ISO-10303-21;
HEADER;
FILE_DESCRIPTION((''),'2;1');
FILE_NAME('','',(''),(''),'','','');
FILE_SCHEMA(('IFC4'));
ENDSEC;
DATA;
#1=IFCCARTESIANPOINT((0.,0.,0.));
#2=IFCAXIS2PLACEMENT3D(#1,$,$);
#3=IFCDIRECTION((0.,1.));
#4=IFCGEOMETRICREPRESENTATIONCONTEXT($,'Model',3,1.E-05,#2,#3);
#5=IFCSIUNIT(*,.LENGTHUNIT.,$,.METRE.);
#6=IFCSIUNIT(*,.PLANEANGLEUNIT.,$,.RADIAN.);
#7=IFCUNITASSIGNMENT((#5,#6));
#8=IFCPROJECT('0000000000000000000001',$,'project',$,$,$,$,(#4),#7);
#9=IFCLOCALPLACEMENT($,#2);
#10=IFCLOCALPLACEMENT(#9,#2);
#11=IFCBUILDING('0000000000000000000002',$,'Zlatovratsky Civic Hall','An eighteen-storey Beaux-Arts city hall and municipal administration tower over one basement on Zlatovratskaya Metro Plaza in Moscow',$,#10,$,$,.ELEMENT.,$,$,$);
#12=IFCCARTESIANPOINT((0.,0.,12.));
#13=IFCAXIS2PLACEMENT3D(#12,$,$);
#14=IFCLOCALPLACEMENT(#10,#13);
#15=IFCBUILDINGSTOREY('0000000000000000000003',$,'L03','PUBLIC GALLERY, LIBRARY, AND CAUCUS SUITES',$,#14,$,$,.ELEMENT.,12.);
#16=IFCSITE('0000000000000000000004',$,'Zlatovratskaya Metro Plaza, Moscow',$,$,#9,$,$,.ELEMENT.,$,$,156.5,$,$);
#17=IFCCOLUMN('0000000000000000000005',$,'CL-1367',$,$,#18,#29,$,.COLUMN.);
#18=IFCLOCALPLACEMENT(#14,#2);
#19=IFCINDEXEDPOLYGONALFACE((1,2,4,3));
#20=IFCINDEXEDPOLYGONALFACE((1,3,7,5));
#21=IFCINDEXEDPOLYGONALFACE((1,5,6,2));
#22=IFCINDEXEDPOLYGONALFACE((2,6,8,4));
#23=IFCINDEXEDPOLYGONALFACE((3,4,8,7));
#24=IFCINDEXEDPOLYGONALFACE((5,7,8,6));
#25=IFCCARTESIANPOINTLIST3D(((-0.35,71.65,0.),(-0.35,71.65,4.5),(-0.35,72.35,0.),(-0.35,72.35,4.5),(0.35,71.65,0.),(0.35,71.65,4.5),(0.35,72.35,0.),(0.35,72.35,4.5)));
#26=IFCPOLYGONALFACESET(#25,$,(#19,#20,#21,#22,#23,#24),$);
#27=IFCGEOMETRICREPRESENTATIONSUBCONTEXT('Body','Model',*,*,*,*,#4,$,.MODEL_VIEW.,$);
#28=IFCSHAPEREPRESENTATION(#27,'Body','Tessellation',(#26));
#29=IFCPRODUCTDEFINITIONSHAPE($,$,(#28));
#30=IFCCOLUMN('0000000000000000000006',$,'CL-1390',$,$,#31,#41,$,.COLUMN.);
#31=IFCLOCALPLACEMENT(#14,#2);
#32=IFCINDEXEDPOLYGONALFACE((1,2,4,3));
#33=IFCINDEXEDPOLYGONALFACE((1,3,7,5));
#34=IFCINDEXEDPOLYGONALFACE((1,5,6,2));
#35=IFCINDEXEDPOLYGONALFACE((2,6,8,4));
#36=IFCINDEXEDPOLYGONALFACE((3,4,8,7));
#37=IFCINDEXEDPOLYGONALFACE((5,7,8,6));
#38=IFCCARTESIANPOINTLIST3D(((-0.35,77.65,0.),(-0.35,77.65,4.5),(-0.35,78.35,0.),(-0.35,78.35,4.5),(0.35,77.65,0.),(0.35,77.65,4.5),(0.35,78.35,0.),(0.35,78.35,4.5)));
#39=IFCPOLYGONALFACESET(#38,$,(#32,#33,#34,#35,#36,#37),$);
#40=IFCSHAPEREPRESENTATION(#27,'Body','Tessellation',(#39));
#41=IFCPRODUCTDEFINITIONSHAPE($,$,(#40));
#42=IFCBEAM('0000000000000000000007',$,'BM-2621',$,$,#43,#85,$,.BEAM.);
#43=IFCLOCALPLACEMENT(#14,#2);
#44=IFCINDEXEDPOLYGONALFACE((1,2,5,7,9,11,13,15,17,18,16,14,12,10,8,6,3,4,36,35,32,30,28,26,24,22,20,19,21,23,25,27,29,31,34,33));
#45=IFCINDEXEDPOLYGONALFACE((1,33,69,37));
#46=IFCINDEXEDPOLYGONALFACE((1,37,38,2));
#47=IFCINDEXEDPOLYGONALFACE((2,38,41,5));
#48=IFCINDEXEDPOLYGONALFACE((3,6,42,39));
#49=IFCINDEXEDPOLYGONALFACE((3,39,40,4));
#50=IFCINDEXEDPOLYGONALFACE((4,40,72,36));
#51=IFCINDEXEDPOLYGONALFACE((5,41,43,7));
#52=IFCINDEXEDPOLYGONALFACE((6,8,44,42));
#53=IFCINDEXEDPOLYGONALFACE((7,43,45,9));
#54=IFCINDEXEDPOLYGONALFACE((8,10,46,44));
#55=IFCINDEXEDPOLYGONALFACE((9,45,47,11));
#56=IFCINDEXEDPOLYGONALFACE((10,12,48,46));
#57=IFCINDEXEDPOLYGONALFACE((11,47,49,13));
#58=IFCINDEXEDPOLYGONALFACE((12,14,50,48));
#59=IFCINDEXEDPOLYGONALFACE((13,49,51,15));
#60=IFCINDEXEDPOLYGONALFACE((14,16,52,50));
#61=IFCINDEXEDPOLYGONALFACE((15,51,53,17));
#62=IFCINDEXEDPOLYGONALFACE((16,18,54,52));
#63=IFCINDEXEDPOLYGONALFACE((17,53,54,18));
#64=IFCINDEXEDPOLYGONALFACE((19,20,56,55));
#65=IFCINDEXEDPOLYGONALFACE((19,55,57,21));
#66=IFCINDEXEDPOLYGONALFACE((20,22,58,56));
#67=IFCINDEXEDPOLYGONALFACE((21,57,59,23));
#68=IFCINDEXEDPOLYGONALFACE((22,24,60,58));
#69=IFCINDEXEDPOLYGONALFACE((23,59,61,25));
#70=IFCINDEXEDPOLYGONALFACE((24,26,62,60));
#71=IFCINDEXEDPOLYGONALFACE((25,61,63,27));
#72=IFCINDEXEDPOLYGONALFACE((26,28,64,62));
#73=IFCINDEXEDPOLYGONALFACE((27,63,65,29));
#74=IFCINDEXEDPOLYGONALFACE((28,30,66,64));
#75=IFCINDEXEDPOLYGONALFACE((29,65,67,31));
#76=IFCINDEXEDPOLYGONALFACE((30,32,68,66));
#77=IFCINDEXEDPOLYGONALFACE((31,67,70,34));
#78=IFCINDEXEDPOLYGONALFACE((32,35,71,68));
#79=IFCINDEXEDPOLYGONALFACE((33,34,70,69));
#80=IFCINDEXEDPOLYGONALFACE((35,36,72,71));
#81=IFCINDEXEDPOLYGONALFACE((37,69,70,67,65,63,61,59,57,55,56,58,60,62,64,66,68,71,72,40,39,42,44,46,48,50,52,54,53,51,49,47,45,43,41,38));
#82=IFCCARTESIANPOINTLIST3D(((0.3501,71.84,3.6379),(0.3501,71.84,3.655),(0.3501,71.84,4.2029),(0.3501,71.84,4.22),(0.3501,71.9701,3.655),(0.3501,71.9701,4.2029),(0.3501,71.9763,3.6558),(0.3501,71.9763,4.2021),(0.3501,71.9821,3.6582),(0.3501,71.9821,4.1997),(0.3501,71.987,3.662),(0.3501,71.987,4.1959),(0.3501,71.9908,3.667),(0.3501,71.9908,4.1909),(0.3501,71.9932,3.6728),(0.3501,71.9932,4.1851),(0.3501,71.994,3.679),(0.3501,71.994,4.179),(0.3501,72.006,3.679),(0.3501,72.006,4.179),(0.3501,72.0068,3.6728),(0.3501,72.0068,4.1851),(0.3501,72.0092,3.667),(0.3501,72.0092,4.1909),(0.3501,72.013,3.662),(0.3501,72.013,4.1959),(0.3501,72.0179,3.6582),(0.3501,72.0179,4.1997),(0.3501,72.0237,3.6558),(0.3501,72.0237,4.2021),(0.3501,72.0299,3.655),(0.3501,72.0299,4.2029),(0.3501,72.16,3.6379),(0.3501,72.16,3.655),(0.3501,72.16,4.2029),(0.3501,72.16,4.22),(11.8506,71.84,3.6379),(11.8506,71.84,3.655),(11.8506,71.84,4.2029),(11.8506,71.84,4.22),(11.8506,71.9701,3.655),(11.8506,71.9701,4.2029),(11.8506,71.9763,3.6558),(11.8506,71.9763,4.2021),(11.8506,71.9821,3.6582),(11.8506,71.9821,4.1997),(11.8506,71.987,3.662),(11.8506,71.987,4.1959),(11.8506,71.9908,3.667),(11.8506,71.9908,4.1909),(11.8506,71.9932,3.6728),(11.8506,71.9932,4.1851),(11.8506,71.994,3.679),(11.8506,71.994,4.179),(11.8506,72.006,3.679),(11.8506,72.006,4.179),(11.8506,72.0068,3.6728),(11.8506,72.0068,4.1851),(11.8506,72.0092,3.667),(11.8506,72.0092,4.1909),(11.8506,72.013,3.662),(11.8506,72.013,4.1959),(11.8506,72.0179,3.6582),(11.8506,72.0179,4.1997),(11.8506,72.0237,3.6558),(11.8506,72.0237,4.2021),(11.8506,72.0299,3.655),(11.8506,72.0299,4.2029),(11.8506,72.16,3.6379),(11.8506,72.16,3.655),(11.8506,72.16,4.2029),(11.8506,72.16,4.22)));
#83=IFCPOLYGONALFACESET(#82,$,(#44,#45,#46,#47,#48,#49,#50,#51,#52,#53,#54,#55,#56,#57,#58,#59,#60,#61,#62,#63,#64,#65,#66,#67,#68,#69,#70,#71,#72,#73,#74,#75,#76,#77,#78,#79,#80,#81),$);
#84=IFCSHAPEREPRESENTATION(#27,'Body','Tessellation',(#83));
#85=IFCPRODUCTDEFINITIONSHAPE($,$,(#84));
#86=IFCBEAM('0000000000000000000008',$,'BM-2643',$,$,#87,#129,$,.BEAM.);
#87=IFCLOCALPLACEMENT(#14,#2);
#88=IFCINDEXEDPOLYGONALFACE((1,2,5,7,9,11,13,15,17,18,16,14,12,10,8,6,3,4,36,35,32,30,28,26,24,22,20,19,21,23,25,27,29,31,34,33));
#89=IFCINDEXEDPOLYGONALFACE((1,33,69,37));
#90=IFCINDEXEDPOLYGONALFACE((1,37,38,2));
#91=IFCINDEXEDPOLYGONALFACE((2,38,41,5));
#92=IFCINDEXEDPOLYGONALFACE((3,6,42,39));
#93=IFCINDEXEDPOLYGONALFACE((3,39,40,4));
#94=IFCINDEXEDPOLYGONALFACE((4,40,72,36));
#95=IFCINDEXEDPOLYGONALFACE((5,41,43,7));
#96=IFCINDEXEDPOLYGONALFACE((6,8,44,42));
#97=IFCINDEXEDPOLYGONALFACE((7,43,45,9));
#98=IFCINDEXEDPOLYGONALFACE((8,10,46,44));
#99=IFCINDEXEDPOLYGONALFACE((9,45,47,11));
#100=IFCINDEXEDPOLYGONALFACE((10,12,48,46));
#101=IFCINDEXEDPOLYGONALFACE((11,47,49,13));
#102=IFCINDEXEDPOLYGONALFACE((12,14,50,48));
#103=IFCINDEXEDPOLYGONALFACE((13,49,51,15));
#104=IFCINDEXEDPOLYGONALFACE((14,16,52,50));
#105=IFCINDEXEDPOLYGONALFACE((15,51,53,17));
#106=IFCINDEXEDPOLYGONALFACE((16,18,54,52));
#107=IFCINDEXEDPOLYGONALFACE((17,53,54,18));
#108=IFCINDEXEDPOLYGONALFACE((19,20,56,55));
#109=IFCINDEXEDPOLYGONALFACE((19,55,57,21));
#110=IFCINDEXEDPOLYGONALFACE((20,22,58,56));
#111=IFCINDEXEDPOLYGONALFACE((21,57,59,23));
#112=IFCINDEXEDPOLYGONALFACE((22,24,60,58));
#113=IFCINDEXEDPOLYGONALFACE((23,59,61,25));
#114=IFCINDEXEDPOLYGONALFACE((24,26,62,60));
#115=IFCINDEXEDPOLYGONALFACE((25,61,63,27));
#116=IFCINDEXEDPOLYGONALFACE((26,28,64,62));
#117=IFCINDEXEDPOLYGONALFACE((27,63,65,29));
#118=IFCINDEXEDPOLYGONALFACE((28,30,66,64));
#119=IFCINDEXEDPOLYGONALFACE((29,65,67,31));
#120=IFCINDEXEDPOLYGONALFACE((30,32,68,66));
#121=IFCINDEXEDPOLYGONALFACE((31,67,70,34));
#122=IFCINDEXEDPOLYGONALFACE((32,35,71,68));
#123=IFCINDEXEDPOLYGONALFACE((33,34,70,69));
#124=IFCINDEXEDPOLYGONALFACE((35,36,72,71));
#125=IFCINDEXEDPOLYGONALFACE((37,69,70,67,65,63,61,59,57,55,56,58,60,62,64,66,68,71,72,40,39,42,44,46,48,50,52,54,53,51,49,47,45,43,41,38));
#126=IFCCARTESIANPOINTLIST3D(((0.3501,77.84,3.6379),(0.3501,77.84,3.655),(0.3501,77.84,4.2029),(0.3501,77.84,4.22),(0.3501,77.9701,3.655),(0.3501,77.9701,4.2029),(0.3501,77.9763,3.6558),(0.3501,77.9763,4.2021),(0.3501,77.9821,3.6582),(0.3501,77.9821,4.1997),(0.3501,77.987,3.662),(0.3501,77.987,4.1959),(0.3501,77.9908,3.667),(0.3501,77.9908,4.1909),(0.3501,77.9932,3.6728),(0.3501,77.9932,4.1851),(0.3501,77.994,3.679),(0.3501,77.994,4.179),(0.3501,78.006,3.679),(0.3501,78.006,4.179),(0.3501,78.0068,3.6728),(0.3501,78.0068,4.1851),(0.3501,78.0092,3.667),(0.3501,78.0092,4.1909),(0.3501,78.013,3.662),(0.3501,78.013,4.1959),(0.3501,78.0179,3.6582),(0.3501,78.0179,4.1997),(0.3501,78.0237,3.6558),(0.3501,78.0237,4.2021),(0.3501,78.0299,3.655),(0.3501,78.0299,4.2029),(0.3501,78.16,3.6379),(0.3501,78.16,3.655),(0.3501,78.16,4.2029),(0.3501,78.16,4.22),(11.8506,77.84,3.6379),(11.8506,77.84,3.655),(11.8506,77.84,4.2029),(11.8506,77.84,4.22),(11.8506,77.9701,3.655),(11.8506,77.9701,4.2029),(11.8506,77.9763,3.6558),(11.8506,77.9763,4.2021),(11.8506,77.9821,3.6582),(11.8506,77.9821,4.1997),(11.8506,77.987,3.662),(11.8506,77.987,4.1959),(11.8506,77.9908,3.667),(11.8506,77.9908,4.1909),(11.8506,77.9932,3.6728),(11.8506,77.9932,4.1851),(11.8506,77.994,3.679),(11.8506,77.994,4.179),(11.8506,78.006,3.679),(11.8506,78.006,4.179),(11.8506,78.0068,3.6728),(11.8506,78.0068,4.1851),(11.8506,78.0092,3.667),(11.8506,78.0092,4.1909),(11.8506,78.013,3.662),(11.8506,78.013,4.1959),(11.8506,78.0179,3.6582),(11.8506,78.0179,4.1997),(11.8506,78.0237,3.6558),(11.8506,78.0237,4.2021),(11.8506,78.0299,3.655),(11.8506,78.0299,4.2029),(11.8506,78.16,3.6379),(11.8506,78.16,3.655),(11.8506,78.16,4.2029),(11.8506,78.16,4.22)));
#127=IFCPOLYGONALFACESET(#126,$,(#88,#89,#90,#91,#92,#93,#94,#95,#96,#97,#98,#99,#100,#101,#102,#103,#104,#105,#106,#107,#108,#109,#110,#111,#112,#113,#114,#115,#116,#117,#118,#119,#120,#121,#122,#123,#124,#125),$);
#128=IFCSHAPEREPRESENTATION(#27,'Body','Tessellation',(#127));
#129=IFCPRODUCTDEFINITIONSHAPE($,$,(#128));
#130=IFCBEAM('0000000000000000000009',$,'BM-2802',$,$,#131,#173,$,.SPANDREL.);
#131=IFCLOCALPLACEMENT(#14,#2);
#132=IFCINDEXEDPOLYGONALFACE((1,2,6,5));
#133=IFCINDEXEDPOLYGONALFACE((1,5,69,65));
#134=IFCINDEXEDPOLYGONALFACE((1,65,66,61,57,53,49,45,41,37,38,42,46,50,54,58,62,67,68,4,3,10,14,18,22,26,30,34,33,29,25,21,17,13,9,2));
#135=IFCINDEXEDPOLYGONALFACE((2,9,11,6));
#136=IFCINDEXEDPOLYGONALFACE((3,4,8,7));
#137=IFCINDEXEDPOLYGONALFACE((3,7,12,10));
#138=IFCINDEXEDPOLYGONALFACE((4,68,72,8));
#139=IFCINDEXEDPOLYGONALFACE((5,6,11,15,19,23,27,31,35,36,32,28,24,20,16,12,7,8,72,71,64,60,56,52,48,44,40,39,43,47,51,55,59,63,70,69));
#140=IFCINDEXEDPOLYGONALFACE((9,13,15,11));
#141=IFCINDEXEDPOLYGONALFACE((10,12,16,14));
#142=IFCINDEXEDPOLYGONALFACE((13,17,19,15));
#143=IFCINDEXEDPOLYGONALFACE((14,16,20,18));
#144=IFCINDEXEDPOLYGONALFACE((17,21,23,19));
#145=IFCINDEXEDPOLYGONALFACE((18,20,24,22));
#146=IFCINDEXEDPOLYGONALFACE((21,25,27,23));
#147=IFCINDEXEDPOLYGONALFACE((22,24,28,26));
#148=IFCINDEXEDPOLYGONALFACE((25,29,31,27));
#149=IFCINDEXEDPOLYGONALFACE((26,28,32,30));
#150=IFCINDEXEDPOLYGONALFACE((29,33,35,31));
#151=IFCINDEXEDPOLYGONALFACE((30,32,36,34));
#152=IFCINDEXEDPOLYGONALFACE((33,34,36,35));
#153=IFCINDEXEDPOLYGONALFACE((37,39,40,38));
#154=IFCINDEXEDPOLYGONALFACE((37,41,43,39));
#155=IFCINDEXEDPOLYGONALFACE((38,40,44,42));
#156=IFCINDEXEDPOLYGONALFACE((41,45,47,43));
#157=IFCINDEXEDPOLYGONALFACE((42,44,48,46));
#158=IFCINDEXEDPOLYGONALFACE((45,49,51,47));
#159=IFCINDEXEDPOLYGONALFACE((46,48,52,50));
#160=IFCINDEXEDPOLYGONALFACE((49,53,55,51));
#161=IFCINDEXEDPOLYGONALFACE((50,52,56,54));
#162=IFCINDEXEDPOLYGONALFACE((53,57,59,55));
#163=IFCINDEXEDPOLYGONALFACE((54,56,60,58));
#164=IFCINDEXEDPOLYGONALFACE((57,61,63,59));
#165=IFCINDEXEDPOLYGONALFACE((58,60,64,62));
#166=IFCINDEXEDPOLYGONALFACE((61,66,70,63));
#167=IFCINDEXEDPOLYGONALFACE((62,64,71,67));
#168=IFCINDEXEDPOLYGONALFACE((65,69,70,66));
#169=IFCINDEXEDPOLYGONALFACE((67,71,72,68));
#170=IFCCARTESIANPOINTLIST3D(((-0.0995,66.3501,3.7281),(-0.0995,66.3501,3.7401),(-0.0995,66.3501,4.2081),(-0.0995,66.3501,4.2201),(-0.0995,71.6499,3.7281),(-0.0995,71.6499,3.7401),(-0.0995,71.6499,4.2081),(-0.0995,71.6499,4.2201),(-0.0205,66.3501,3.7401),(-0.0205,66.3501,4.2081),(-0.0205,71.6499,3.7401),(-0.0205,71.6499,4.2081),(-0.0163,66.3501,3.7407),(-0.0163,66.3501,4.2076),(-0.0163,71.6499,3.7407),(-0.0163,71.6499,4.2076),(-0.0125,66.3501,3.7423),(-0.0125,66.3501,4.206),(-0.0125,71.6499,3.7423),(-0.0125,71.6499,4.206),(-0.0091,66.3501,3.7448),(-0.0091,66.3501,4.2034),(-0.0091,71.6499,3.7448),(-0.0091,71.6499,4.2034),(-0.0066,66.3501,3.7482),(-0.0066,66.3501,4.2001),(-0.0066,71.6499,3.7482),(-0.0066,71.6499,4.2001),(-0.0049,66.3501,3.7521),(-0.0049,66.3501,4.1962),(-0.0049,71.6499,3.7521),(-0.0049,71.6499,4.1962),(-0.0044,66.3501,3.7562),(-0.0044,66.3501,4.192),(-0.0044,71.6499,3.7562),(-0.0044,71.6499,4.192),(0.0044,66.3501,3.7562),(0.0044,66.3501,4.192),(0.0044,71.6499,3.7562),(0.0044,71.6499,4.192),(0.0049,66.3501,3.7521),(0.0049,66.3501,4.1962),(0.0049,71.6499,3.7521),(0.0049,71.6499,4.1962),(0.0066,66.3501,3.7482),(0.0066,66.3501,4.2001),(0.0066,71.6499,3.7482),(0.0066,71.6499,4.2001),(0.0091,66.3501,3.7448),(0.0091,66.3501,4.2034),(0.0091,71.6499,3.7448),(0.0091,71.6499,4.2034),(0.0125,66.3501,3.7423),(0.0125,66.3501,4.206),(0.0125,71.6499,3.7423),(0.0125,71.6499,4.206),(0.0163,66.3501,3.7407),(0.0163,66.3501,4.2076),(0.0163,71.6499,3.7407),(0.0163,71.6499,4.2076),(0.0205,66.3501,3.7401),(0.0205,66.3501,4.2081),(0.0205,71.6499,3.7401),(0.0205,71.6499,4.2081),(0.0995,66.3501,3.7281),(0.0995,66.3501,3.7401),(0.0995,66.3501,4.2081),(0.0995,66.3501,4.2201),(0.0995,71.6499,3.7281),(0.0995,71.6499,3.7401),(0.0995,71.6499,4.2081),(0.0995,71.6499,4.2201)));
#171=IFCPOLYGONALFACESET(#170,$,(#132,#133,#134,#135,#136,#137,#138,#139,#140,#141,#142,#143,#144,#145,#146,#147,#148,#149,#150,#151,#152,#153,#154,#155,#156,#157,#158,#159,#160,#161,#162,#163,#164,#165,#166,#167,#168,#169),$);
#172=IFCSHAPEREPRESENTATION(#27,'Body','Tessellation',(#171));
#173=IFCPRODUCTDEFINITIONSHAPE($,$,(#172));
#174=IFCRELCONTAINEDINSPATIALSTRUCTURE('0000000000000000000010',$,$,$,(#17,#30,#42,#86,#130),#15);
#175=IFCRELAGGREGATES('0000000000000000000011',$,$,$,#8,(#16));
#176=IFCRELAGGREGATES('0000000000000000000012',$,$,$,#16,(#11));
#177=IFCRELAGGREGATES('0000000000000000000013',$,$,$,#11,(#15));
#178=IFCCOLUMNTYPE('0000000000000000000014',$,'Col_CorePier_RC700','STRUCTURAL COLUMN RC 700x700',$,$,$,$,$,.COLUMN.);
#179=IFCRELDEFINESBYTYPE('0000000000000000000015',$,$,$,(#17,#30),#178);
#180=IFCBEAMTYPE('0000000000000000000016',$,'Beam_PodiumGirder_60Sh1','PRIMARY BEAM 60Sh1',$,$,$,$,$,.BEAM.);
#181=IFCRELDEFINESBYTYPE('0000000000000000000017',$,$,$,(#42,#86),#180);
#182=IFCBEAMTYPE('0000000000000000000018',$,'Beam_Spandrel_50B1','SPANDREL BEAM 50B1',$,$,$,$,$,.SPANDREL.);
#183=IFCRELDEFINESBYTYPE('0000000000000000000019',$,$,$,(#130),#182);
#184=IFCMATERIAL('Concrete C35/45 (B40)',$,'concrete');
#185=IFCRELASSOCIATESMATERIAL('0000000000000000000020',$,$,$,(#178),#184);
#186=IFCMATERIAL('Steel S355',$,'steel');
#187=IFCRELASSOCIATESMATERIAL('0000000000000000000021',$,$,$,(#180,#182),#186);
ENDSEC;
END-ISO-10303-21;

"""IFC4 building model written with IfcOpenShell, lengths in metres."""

from ifc_helpers import new_model, si_unit, direction, frame, origin, origin_2d, place, context, subcontext, project, spatial, rectangle, i_section, extrude, material, material_profile, profile_set, type_object, element, save


model = new_model("IFC4")

# Units and contexts
model_context = context("Model", 3, precision=1e-05, world=origin(), true_north=direction((0.0, 1.0)))
body_context = subcontext(model_context, "Body", "Model", "MODEL_VIEW")
ifc_project = project(units=[si_unit("LENGTHUNIT", "METRE"), si_unit("PLANEANGLEUNIT", "RADIAN")], contexts=[model_context])

# Site, building, storey
site_placement = place(None, origin())
site = spatial("IfcSite", under=ifc_project, at=site_placement, Name="Zlatovratskaya Metro Plaza, Moscow", CompositionType="ELEMENT", RefElevation=156.5)
building_placement = place(site_placement, origin())
building = spatial("IfcBuilding", under=site, at=building_placement, Name="Zlatovratsky Civic Hall", Description="An eighteen-storey Beaux-Arts city hall and municipal administration tower over one basement on Zlatovratskaya Metro Plaza in Moscow", CompositionType="ELEMENT")
storey_placement = place(building_placement, frame((0.0, 0.0, 12.0)))
storey = spatial("IfcBuildingStorey", under=building, at=storey_placement, Name="L03", Description="PUBLIC GALLERY, LIBRARY, AND CAUCUS SUITES", CompositionType="ELEMENT", Elevation=12.0)

# Columns
ifc_material_1 = material(Name="Concrete C35/45 (B40)", Category="concrete")
ifc_material_profile_1 = material_profile(ifc_material_1, rectangle(XDim=0.7, YDim=0.7, at=origin_2d()), Name="RC 700x700")
ifc_profile_set_1 = profile_set([ifc_material_profile_1], Name="Concrete C35/45 (B40)")
column_type = type_object("IfcColumnType", Name="Col_CorePier_RC700", Description="STRUCTURAL COLUMN RC 700x700", PredefinedType="COLUMN", material=ifc_profile_set_1)
for number, where, z_axis, x_axis, name in (
    (1, (0.0, 72.0, 0.0), (0.0, 0.0, 1.0), (1.0, 0.0, 0.0), "CL-1367"),
    (2, (0.0, 78.0, 0.0), (0.0, 0.0, 1.0), (1.0, 0.0, 0.0), "CL-1390"),
):
    element("IfcColumn", number, at=place(storey_placement, frame(where, z_axis=z_axis, x_axis=x_axis)), inside=storey, type_object=column_type, Name=name, PredefinedType="COLUMN", context=body_context, shape_type="SweptSolid", body=[
        extrude(rectangle(XDim=0.7, YDim=0.7, at=origin_2d()), origin(), (0.0, 0.0, 1.0), 4.5),
    ])

# Beams
ifc_material_2 = material(Name="Steel S355", Category="steel")
ifc_material_profile_2 = material_profile(ifc_material_2, i_section(OverallWidth=0.3201, OverallDepth=0.582, WebThickness=0.012, FlangeThickness=0.0171, FilletRadius=0.0239, at=origin_2d()), Name="60Sh1")
ifc_profile_set_2 = profile_set([ifc_material_profile_2], Name="Steel S355")
beam_type_1 = type_object("IfcBeamType", Name="Beam_PodiumGirder_60Sh1", Description="PRIMARY BEAM 60Sh1", PredefinedType="BEAM", material=ifc_profile_set_2)
for number, where, z_axis, x_axis, name in (
    (3, (0.3501, 72.0, 3.929), (1.0, 0.0, 0.0), (0.0, 1.0, 0.0), "BM-2621"),
    (4, (0.3501, 78.0, 3.929), (1.0, 0.0, 0.0), (0.0, 1.0, 0.0), "BM-2643"),
):
    element("IfcBeam", number, at=place(storey_placement, frame(where, z_axis=z_axis, x_axis=x_axis)), inside=storey, type_object=beam_type_1, Name=name, PredefinedType="BEAM", context=body_context, shape_type="SweptSolid", body=[
        extrude(i_section(OverallWidth=0.3201, OverallDepth=0.582, WebThickness=0.012, FlangeThickness=0.0171, FilletRadius=0.0239, at=origin_2d()), origin(), (0.0, 0.0, 1.0), 11.5005),
    ])
ifc_material_profile_3 = material_profile(ifc_material_2, i_section(OverallWidth=0.199, OverallDepth=0.4919, WebThickness=0.0088, FlangeThickness=0.012, FilletRadius=0.0161, at=origin_2d()), Name="50B1")
ifc_profile_set_3 = profile_set([ifc_material_profile_3], Name="Steel S355")
beam_type_2 = type_object("IfcBeamType", Name="Beam_Spandrel_50B1", Description="SPANDREL BEAM 50B1", PredefinedType="SPANDREL", material=ifc_profile_set_3)
for number, where, z_axis, x_axis, name in (
    (5, (0.0, 66.3501, 3.9741), (0.0, 1.0, 0.0), (-1.0, 0.0, 0.0), "BM-2802"),
):
    element("IfcBeam", number, at=place(storey_placement, frame(where, z_axis=z_axis, x_axis=x_axis)), inside=storey, type_object=beam_type_2, Name=name, PredefinedType="SPANDREL", context=body_context, shape_type="SweptSolid", body=[
        extrude(i_section(OverallWidth=0.199, OverallDepth=0.4919, WebThickness=0.0088, FlangeThickness=0.012, FilletRadius=0.0161, at=origin_2d()), origin(), (0.0, 0.0, 1.0), 5.2998),
    ])

save(model, "model.ifc")
